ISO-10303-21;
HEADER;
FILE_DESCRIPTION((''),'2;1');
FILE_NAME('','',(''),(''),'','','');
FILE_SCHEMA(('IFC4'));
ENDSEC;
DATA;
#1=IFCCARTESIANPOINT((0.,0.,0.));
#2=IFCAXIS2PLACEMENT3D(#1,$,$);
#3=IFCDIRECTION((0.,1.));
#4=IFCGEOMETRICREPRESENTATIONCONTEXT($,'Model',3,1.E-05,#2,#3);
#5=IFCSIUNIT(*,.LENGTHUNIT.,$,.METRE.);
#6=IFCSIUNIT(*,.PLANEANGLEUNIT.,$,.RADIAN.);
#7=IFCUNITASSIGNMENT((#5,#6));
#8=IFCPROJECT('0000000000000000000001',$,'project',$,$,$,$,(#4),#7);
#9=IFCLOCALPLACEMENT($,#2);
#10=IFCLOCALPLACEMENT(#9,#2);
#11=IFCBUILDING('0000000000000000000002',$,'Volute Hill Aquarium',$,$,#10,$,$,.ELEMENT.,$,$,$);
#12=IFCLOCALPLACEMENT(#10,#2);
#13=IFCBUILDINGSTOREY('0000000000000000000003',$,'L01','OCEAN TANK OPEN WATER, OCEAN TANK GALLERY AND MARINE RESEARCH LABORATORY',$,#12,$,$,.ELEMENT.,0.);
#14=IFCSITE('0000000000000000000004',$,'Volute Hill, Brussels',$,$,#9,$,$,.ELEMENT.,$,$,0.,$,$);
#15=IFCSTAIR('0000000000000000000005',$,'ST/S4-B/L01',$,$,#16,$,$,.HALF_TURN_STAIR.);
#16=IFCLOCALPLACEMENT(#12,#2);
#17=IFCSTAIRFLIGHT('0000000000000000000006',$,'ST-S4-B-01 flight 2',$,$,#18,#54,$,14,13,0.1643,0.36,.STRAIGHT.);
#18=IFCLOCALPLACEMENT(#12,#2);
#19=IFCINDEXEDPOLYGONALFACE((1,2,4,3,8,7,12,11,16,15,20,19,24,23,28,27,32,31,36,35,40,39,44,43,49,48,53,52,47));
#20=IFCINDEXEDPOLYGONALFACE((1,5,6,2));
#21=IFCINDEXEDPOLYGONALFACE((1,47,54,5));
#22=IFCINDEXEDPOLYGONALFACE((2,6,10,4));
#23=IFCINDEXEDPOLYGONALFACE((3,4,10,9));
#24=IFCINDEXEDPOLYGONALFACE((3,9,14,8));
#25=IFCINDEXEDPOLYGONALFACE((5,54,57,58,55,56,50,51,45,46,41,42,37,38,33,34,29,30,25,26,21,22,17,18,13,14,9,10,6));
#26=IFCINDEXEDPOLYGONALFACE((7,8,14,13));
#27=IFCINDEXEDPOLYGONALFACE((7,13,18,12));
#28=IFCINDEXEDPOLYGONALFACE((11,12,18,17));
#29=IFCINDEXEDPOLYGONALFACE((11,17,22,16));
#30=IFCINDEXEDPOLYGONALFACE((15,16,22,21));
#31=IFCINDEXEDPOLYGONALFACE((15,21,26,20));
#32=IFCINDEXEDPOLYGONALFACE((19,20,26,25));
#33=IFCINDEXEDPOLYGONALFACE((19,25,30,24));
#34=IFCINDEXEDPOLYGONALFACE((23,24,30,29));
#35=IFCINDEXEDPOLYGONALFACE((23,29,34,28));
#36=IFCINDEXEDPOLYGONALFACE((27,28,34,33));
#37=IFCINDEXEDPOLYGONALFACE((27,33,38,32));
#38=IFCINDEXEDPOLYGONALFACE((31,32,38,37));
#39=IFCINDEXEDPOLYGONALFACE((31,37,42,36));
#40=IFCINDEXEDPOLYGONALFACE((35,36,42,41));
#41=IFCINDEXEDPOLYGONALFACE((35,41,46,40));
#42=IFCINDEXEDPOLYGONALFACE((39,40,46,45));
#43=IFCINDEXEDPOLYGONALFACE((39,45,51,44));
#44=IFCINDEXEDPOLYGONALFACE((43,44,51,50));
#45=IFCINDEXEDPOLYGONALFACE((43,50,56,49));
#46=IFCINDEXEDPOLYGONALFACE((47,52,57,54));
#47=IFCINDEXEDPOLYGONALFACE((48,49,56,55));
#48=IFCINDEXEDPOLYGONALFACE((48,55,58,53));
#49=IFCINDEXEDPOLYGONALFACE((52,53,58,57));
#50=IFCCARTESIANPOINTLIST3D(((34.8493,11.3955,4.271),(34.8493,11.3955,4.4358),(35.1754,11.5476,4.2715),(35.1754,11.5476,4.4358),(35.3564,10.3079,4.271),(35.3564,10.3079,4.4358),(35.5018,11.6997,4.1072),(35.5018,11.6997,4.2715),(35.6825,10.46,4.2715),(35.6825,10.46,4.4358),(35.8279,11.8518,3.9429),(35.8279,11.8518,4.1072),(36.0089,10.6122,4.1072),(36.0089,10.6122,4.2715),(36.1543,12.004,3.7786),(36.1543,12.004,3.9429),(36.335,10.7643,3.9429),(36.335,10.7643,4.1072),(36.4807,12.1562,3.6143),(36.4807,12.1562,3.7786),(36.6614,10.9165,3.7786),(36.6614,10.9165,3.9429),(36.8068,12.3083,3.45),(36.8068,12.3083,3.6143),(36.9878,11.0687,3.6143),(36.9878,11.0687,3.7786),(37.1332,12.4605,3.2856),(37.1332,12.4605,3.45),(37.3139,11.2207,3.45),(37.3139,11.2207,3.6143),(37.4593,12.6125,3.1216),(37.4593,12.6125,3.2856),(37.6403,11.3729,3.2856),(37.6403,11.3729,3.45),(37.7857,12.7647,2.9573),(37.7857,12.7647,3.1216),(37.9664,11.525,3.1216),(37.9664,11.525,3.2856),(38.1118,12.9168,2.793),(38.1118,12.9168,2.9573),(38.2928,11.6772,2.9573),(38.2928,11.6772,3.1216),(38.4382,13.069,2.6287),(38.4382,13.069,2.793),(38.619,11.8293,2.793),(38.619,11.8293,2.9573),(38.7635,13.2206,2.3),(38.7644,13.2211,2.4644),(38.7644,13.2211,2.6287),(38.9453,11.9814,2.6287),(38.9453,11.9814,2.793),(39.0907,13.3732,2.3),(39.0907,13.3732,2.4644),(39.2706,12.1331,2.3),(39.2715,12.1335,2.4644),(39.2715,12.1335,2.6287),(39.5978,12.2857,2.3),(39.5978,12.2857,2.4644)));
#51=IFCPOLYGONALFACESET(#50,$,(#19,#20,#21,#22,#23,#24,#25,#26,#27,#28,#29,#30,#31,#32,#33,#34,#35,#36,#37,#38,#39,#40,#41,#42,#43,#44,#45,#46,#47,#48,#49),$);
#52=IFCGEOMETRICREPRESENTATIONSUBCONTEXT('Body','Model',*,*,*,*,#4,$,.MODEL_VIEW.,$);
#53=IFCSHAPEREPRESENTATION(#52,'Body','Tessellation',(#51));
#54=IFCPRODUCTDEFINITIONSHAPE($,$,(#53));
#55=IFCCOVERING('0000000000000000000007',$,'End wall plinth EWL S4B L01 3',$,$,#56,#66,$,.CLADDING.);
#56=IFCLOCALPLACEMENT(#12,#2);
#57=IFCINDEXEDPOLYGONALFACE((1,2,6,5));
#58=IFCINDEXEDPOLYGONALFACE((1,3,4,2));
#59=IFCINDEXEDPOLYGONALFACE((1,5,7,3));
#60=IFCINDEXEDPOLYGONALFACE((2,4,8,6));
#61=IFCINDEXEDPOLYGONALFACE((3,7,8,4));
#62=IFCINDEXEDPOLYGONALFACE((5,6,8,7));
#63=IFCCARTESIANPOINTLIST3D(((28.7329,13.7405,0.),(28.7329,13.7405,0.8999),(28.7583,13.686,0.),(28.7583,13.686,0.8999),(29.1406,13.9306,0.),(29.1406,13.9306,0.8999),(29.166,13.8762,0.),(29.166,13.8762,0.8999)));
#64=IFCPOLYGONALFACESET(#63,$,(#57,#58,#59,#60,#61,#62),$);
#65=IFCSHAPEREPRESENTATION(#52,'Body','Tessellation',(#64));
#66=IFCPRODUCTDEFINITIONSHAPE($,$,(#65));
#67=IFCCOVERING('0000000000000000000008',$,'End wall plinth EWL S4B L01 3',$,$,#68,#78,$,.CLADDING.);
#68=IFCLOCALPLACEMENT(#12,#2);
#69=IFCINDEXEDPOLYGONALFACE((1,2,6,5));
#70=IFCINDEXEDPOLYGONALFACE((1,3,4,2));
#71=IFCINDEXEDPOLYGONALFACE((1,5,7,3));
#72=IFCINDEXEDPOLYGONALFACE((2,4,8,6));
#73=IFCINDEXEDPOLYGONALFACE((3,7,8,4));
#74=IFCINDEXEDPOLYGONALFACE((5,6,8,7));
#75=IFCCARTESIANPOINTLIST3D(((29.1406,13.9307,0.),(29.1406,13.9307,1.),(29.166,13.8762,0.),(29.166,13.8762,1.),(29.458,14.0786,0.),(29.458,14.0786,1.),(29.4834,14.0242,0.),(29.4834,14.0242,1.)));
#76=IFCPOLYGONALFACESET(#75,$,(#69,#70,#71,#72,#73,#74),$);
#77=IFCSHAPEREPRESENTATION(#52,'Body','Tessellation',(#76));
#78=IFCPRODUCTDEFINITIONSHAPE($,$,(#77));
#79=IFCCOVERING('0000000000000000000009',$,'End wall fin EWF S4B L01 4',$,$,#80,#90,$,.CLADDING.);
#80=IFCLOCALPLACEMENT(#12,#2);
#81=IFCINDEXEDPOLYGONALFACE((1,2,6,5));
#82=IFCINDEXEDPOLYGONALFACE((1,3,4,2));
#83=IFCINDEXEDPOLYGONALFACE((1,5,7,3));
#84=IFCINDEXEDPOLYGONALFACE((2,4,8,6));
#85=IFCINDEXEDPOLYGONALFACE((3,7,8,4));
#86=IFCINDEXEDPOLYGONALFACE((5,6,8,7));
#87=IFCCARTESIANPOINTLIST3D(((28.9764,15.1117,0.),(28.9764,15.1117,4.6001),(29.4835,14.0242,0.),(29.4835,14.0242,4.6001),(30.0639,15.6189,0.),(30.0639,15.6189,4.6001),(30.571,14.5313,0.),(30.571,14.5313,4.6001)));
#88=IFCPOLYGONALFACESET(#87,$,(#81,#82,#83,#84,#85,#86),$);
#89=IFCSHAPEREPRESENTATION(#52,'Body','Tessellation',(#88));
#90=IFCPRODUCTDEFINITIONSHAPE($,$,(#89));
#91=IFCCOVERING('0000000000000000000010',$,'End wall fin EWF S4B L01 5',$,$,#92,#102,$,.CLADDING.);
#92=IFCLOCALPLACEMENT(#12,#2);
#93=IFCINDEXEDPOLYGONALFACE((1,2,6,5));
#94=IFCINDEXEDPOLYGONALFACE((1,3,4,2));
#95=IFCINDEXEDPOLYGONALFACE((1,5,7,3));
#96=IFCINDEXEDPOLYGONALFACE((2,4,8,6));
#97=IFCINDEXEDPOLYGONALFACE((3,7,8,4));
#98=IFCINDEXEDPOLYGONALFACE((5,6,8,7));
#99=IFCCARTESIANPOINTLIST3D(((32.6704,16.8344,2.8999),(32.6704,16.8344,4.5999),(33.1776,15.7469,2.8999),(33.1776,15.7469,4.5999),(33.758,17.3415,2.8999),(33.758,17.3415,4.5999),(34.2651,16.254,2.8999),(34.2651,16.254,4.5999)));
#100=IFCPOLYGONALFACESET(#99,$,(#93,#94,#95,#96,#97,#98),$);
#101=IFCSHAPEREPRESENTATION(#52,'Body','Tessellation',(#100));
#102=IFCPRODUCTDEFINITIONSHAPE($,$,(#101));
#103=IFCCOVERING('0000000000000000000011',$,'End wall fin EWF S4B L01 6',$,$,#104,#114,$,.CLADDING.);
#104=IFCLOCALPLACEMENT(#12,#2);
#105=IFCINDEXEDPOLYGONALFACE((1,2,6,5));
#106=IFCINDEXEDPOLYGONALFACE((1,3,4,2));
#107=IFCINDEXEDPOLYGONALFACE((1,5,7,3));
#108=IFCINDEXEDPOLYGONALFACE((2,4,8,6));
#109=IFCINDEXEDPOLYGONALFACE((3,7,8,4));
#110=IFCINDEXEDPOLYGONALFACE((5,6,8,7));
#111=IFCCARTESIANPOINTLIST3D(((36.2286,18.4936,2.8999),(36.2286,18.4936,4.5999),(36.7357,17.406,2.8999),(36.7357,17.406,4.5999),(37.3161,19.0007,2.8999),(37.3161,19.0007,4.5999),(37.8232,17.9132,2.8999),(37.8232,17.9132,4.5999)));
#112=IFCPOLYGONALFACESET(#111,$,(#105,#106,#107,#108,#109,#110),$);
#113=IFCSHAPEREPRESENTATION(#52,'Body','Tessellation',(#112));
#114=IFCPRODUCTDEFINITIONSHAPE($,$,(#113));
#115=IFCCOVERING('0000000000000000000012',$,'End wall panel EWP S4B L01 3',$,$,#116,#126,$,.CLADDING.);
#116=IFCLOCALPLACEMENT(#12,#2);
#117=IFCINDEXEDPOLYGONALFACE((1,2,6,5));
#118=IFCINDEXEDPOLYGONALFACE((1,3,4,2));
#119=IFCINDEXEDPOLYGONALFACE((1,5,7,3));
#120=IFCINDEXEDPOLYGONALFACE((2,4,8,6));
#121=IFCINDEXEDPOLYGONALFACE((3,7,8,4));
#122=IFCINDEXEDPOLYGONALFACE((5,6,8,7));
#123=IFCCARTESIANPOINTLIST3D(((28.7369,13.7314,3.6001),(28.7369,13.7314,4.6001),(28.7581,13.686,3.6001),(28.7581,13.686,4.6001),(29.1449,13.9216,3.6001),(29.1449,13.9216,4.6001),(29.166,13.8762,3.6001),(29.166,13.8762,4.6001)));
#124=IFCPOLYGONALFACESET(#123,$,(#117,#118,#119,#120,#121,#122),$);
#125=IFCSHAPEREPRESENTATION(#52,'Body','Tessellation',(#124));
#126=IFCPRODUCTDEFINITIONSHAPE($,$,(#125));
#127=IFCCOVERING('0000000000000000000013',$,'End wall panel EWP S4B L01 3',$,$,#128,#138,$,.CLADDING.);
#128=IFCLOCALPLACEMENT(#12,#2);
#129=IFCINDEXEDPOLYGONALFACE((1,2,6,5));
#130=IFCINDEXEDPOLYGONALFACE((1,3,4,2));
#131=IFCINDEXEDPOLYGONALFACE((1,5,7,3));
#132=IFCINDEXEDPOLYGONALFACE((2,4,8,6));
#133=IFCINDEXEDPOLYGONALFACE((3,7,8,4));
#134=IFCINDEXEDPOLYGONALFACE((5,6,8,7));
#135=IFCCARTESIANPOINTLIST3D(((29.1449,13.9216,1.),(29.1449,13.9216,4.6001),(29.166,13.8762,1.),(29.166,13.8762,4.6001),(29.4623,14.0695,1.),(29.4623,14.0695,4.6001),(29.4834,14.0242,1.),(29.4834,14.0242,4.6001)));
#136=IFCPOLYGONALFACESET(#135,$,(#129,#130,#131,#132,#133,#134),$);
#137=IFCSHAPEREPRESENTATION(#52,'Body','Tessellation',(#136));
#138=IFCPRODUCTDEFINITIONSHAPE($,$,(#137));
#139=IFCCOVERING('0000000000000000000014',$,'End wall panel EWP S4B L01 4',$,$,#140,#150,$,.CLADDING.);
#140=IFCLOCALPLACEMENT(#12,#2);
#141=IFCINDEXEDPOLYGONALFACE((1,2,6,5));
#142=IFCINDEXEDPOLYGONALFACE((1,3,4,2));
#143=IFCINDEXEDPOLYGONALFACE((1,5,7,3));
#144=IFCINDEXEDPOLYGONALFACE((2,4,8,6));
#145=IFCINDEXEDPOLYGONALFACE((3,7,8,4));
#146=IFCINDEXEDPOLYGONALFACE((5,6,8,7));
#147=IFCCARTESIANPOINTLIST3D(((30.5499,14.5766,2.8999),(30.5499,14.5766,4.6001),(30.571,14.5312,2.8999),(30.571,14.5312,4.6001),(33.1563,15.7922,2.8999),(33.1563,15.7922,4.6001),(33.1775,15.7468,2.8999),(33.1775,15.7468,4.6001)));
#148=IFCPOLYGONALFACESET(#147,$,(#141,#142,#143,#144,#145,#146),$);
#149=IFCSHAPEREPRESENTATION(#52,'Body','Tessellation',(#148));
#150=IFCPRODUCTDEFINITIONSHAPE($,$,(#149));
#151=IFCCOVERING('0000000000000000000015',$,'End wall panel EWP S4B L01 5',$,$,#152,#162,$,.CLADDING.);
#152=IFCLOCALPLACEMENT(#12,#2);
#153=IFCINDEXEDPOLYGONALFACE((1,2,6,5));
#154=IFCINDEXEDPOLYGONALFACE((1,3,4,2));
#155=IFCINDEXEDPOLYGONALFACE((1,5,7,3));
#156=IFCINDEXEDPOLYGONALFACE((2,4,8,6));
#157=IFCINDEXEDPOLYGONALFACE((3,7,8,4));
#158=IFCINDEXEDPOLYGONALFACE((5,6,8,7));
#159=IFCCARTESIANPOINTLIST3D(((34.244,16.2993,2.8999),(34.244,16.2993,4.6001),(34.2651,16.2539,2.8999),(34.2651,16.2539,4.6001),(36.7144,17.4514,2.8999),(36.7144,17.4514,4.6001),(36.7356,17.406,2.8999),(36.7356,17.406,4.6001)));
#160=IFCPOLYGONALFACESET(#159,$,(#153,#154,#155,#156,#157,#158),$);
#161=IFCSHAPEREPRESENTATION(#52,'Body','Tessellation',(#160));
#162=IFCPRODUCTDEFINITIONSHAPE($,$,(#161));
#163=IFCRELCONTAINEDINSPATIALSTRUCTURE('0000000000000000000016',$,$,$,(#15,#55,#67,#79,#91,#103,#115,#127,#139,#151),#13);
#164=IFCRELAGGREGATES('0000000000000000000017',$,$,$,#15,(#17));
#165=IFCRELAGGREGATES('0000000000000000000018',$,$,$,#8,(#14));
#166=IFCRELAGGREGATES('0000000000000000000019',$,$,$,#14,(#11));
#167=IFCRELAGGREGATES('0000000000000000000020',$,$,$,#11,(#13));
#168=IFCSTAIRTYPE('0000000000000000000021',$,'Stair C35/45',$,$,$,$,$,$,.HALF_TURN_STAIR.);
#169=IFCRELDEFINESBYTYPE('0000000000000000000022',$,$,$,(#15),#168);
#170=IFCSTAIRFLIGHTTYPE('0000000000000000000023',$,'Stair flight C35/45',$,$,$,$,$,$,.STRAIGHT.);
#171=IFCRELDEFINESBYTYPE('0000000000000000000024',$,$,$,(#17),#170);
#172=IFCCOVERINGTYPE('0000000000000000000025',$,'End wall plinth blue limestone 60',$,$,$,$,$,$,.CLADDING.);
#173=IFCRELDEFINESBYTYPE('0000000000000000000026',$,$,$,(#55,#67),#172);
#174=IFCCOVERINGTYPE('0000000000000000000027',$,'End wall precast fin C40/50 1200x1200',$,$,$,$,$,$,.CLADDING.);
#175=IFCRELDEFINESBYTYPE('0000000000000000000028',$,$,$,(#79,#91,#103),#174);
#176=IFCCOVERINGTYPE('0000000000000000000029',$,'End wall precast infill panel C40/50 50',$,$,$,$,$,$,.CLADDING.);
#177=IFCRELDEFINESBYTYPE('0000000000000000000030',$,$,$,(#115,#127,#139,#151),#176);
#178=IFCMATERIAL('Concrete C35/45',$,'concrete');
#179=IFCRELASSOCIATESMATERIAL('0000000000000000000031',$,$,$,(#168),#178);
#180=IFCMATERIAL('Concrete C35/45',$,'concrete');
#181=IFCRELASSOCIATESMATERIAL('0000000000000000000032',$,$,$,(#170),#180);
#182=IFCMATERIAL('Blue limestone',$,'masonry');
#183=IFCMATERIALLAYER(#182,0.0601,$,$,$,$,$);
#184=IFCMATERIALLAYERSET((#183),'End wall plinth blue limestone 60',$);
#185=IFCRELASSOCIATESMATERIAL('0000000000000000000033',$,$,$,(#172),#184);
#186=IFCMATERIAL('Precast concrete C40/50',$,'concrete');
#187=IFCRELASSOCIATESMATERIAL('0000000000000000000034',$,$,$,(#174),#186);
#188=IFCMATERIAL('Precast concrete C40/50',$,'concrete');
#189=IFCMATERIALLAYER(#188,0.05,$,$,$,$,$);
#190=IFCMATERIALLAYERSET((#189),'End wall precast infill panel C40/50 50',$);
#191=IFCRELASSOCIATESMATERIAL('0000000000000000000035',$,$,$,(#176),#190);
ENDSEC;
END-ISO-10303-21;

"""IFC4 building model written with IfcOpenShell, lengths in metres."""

from ifc_helpers import new_model, si_unit, direction, frame, origin, origin_2d, place, context, subcontext, project, spatial, polyline, rectangle, outline, extrude, material, layer, layer_set, type_object, element, aggregate, save


model = new_model("IFC4")

# Units and contexts
model_context = context("Model", 3, precision=1e-05, world=origin(), true_north=direction((0.0, 1.0)))
body_context = subcontext(model_context, "Body", "Model", "MODEL_VIEW")
ifc_project = project(units=[si_unit("LENGTHUNIT", "METRE"), si_unit("PLANEANGLEUNIT", "RADIAN")], contexts=[model_context])

# Site, building, storey
site_placement = place(None, origin())
site = spatial("IfcSite", under=ifc_project, at=site_placement, Name="Volute Hill, Brussels", CompositionType="ELEMENT", RefElevation=0.0)
building_placement = place(site_placement, origin())
building = spatial("IfcBuilding", under=site, at=building_placement, Name="Volute Hill Aquarium", CompositionType="ELEMENT")
storey_placement = place(building_placement, origin())
storey = spatial("IfcBuildingStorey", under=building, at=storey_placement, Name="L01", Description="OCEAN TANK OPEN WATER, OCEAN TANK GALLERY AND MARINE RESEARCH LABORATORY", CompositionType="ELEMENT", Elevation=0.0)

# Stair, stair flight
ifc_material_1 = material(Name="Concrete C35/45", Category="concrete")
stair_type = type_object("IfcStairType", Name="Stair C35/45", PredefinedType="HALF_TURN_STAIR", material=ifc_material_1)
stair_placement = place(storey_placement, origin())
stair = element("IfcStair", 1, at=stair_placement, inside=storey, type_object=stair_type, Name="ST/S4-B/L01", PredefinedType="HALF_TURN_STAIR")
ifc_material_2 = material(Name="Concrete C35/45", Category="concrete")
stair_flight_type = type_object("IfcStairFlightType", Name="Stair flight C35/45", PredefinedType="STRAIGHT", material=ifc_material_2)
stair_flight_placement = place(storey_placement, frame((39.3442, 12.8296, 2.3), z_axis=(0.0, 0.0, 1.0), x_axis=(-0.906313, -0.422606, 0.0)))
stair_flight = element("IfcStairFlight", 2, at=stair_flight_placement, type_object=stair_flight_type, Name="ST-S4-B-01 flight 2", NumberOfRisers=14, NumberOfTreads=13, PredefinedType="STRAIGHT", RiserHeight=0.1643, TreadLength=0.36, context=body_context, shape_type="SweptSolid", body=[
    extrude(outline(polyline([(0.0, 0.0), (0.0, 0.1643), (0.3601, 0.1643), (0.3601, 0.3286), (0.72, 0.3286), (0.72, 0.4929), (1.0801, 0.4929), (1.0801, 0.6572), (1.4399, 0.6572), (1.4399, 0.8215), (1.8, 0.8215), (1.8, 0.9856), (2.1599, 0.9856), (2.1599, 1.1499), (2.52, 1.1499), (2.52, 1.3142), (2.8799, 1.3142), (2.8799, 1.4785), (3.24, 1.4785), (3.24, 1.6428), (3.6001, 1.6428), (3.6001, 1.8071), (3.96, 1.8071), (3.96, 1.9714), (4.3201, 1.9714), (4.3201, 2.1357), (4.6799, 2.1357), (4.6799, 2.3), (4.6799, 1.9709), (0.3611, 0.0), (0.0, 0.0)])), frame((0.0, 0.6001, 0.0), z_axis=(0.0, -1.0, 0.0), x_axis=(1.0, 0.0, 0.0)), (0.0, 0.0, 1.0), 1.2),
])
aggregate(stair, [stair_flight])

# Coverings
ifc_material_3 = material(Name="Blue limestone", Category="masonry")
ifc_layer_1 = layer(ifc_material_3, 0.0601)
ifc_layer_set_1 = layer_set([ifc_layer_1], Name="End wall plinth blue limestone 60")
covering_type_1 = type_object("IfcCoveringType", Name="End wall plinth blue limestone 60", PredefinedType="CLADDING", material=ifc_layer_set_1)
covering_1_placement = place(storey_placement, frame((28.7583, 13.686, 0.0), z_axis=(0.422737, -0.906252, 0.0), x_axis=(0.906252, 0.422737, 0.0)))
element("IfcCovering", 3, at=covering_1_placement, inside=storey, type_object=covering_type_1, Name="End wall plinth EWL S4B L01 3", PredefinedType="CLADDING", context=body_context, shape_type="SweptSolid", body=[
    extrude(outline(polyline([(0.0, 0.0), (0.4499, 0.0), (0.4499, 0.8999), (0.0, 0.8999), (0.0, 0.0)])), origin(), (0.0, 0.0, -1.0), 0.0601),
])
covering_2_placement = place(storey_placement, frame((29.166, 13.8762, 0.0), z_axis=(0.422504, -0.906361, 0.0), x_axis=(0.906361, 0.422504, 0.0)))
element("IfcCovering", 4, at=covering_2_placement, inside=storey, type_object=covering_type_1, Name="End wall plinth EWL S4B L01 3", PredefinedType="CLADDING", context=body_context, shape_type="SweptSolid", body=[
    extrude(outline(polyline([(0.0, 0.0), (0.3502, 0.0), (0.3502, 1.0), (0.0, 1.0), (0.0, 0.0)])), origin(), (0.0, 0.0, -1.0), 0.0601),
])
ifc_material_4 = material(Name="Precast concrete C40/50", Category="concrete")
covering_type_2 = type_object("IfcCoveringType", Name="End wall precast fin C40/50 1200x1200", PredefinedType="CLADDING", material=ifc_material_4)
covering_3_placement = place(storey_placement, frame((29.7737, 14.8215, 0.0), z_axis=(0.0, 0.0, 1.0), x_axis=(0.906307, 0.42262, 0.0)))
element("IfcCovering", 5, at=covering_3_placement, inside=storey, type_object=covering_type_2, Name="End wall fin EWF S4B L01 4", PredefinedType="CLADDING", context=body_context, shape_type="SweptSolid", body=[
    extrude(rectangle(XDim=1.2, YDim=1.2, at=origin_2d()), origin(), (0.0, 0.0, 1.0), 4.6001),
])
for number, where, z_axis, x_axis, name in (
    (6, (33.4678, 16.5442, 2.8999), (0.0, 0.0, 1.0), (0.906307, 0.42262, 0.0), "End wall fin EWF S4B L01 5"),
    (7, (37.0259, 18.2034, 2.8999), (0.0, 0.0, 1.0), (0.906307, 0.42262, 0.0), "End wall fin EWF S4B L01 6"),
):
    element("IfcCovering", number, at=place(storey_placement, frame(where, z_axis=z_axis, x_axis=x_axis)), inside=storey, type_object=covering_type_2, Name=name, PredefinedType="CLADDING", context=body_context, shape_type="SweptSolid", body=[
        extrude(rectangle(XDim=1.2, YDim=1.2, at=origin_2d()), origin(), (0.0, 0.0, 1.0), 1.7),
    ])
ifc_material_5 = material(Name="Precast concrete C40/50", Category="concrete")
ifc_layer_2 = layer(ifc_material_5, 0.05)
ifc_layer_set_2 = layer_set([ifc_layer_2], Name="End wall precast infill panel C40/50 50")
covering_type_3 = type_object("IfcCoveringType", Name="End wall precast infill panel C40/50 50", PredefinedType="CLADDING", material=ifc_layer_set_2)
covering_4_placement = place(storey_placement, frame((28.7581, 13.686, 3.6001), z_axis=(0.422529, -0.906349, 0.0), x_axis=(0.906349, 0.422529, 0.0)))
element("IfcCovering", 8, at=covering_4_placement, inside=storey, type_object=covering_type_3, Name="End wall panel EWP S4B L01 3", PredefinedType="CLADDING", context=body_context, shape_type="SweptSolid", body=[
    extrude(outline(polyline([(0.0, 0.0), (0.4501, 0.0), (0.4501, 1.0), (0.0, 1.0), (0.0, 0.0)])), origin(), (0.0, 0.0, -1.0), 0.05),
])
covering_5_placement = place(storey_placement, frame((29.166, 13.8762, 1.0), z_axis=(0.422504, -0.906361, 0.0), x_axis=(0.906361, 0.422504, 0.0)))
element("IfcCovering", 9, at=covering_5_placement, inside=storey, type_object=covering_type_3, Name="End wall panel EWP S4B L01 3", PredefinedType="CLADDING", context=body_context, shape_type="SweptSolid", body=[
    extrude(outline(polyline([(0.0, 0.0), (0.3502, 0.0), (0.3502, 3.6001), (0.0, 3.6001), (0.0, 0.0)])), origin(), (0.0, 0.0, -1.0), 0.05),
])
covering_6_placement = place(storey_placement, frame((30.571, 14.5312, 2.8999), z_axis=(0.422667, -0.906285, 0.0), x_axis=(0.906285, 0.422667, 0.0)))
element("IfcCovering", 10, at=covering_6_placement, inside=storey, type_object=covering_type_3, Name="End wall panel EWP S4B L01 4", PredefinedType="CLADDING", context=body_context, shape_type="SweptSolid", body=[
    extrude(outline(polyline([(0.0, 0.0), (2.876, 0.0), (2.876, 1.7002), (0.0, 1.7002), (0.0, 0.0)])), origin(), (0.0, 0.0, -1.0), 0.05),
])
covering_7_placement = place(storey_placement, frame((34.2651, 16.2539, 2.8999), z_axis=(0.42265, -0.906293, 0.0), x_axis=(0.906293, 0.42265, 0.0)))
element("IfcCovering", 11, at=covering_7_placement, inside=storey, type_object=covering_type_3, Name="End wall panel EWP S4B L01 5", PredefinedType="CLADDING", context=body_context, shape_type="SweptSolid", body=[
    extrude(outline(polyline([(0.0, 0.0), (2.7259, 0.0), (2.7259, 1.7002), (0.0, 1.7002), (0.0, 0.0)])), origin(), (0.0, 0.0, -1.0), 0.05),
])

save(model, "model.ifc")
